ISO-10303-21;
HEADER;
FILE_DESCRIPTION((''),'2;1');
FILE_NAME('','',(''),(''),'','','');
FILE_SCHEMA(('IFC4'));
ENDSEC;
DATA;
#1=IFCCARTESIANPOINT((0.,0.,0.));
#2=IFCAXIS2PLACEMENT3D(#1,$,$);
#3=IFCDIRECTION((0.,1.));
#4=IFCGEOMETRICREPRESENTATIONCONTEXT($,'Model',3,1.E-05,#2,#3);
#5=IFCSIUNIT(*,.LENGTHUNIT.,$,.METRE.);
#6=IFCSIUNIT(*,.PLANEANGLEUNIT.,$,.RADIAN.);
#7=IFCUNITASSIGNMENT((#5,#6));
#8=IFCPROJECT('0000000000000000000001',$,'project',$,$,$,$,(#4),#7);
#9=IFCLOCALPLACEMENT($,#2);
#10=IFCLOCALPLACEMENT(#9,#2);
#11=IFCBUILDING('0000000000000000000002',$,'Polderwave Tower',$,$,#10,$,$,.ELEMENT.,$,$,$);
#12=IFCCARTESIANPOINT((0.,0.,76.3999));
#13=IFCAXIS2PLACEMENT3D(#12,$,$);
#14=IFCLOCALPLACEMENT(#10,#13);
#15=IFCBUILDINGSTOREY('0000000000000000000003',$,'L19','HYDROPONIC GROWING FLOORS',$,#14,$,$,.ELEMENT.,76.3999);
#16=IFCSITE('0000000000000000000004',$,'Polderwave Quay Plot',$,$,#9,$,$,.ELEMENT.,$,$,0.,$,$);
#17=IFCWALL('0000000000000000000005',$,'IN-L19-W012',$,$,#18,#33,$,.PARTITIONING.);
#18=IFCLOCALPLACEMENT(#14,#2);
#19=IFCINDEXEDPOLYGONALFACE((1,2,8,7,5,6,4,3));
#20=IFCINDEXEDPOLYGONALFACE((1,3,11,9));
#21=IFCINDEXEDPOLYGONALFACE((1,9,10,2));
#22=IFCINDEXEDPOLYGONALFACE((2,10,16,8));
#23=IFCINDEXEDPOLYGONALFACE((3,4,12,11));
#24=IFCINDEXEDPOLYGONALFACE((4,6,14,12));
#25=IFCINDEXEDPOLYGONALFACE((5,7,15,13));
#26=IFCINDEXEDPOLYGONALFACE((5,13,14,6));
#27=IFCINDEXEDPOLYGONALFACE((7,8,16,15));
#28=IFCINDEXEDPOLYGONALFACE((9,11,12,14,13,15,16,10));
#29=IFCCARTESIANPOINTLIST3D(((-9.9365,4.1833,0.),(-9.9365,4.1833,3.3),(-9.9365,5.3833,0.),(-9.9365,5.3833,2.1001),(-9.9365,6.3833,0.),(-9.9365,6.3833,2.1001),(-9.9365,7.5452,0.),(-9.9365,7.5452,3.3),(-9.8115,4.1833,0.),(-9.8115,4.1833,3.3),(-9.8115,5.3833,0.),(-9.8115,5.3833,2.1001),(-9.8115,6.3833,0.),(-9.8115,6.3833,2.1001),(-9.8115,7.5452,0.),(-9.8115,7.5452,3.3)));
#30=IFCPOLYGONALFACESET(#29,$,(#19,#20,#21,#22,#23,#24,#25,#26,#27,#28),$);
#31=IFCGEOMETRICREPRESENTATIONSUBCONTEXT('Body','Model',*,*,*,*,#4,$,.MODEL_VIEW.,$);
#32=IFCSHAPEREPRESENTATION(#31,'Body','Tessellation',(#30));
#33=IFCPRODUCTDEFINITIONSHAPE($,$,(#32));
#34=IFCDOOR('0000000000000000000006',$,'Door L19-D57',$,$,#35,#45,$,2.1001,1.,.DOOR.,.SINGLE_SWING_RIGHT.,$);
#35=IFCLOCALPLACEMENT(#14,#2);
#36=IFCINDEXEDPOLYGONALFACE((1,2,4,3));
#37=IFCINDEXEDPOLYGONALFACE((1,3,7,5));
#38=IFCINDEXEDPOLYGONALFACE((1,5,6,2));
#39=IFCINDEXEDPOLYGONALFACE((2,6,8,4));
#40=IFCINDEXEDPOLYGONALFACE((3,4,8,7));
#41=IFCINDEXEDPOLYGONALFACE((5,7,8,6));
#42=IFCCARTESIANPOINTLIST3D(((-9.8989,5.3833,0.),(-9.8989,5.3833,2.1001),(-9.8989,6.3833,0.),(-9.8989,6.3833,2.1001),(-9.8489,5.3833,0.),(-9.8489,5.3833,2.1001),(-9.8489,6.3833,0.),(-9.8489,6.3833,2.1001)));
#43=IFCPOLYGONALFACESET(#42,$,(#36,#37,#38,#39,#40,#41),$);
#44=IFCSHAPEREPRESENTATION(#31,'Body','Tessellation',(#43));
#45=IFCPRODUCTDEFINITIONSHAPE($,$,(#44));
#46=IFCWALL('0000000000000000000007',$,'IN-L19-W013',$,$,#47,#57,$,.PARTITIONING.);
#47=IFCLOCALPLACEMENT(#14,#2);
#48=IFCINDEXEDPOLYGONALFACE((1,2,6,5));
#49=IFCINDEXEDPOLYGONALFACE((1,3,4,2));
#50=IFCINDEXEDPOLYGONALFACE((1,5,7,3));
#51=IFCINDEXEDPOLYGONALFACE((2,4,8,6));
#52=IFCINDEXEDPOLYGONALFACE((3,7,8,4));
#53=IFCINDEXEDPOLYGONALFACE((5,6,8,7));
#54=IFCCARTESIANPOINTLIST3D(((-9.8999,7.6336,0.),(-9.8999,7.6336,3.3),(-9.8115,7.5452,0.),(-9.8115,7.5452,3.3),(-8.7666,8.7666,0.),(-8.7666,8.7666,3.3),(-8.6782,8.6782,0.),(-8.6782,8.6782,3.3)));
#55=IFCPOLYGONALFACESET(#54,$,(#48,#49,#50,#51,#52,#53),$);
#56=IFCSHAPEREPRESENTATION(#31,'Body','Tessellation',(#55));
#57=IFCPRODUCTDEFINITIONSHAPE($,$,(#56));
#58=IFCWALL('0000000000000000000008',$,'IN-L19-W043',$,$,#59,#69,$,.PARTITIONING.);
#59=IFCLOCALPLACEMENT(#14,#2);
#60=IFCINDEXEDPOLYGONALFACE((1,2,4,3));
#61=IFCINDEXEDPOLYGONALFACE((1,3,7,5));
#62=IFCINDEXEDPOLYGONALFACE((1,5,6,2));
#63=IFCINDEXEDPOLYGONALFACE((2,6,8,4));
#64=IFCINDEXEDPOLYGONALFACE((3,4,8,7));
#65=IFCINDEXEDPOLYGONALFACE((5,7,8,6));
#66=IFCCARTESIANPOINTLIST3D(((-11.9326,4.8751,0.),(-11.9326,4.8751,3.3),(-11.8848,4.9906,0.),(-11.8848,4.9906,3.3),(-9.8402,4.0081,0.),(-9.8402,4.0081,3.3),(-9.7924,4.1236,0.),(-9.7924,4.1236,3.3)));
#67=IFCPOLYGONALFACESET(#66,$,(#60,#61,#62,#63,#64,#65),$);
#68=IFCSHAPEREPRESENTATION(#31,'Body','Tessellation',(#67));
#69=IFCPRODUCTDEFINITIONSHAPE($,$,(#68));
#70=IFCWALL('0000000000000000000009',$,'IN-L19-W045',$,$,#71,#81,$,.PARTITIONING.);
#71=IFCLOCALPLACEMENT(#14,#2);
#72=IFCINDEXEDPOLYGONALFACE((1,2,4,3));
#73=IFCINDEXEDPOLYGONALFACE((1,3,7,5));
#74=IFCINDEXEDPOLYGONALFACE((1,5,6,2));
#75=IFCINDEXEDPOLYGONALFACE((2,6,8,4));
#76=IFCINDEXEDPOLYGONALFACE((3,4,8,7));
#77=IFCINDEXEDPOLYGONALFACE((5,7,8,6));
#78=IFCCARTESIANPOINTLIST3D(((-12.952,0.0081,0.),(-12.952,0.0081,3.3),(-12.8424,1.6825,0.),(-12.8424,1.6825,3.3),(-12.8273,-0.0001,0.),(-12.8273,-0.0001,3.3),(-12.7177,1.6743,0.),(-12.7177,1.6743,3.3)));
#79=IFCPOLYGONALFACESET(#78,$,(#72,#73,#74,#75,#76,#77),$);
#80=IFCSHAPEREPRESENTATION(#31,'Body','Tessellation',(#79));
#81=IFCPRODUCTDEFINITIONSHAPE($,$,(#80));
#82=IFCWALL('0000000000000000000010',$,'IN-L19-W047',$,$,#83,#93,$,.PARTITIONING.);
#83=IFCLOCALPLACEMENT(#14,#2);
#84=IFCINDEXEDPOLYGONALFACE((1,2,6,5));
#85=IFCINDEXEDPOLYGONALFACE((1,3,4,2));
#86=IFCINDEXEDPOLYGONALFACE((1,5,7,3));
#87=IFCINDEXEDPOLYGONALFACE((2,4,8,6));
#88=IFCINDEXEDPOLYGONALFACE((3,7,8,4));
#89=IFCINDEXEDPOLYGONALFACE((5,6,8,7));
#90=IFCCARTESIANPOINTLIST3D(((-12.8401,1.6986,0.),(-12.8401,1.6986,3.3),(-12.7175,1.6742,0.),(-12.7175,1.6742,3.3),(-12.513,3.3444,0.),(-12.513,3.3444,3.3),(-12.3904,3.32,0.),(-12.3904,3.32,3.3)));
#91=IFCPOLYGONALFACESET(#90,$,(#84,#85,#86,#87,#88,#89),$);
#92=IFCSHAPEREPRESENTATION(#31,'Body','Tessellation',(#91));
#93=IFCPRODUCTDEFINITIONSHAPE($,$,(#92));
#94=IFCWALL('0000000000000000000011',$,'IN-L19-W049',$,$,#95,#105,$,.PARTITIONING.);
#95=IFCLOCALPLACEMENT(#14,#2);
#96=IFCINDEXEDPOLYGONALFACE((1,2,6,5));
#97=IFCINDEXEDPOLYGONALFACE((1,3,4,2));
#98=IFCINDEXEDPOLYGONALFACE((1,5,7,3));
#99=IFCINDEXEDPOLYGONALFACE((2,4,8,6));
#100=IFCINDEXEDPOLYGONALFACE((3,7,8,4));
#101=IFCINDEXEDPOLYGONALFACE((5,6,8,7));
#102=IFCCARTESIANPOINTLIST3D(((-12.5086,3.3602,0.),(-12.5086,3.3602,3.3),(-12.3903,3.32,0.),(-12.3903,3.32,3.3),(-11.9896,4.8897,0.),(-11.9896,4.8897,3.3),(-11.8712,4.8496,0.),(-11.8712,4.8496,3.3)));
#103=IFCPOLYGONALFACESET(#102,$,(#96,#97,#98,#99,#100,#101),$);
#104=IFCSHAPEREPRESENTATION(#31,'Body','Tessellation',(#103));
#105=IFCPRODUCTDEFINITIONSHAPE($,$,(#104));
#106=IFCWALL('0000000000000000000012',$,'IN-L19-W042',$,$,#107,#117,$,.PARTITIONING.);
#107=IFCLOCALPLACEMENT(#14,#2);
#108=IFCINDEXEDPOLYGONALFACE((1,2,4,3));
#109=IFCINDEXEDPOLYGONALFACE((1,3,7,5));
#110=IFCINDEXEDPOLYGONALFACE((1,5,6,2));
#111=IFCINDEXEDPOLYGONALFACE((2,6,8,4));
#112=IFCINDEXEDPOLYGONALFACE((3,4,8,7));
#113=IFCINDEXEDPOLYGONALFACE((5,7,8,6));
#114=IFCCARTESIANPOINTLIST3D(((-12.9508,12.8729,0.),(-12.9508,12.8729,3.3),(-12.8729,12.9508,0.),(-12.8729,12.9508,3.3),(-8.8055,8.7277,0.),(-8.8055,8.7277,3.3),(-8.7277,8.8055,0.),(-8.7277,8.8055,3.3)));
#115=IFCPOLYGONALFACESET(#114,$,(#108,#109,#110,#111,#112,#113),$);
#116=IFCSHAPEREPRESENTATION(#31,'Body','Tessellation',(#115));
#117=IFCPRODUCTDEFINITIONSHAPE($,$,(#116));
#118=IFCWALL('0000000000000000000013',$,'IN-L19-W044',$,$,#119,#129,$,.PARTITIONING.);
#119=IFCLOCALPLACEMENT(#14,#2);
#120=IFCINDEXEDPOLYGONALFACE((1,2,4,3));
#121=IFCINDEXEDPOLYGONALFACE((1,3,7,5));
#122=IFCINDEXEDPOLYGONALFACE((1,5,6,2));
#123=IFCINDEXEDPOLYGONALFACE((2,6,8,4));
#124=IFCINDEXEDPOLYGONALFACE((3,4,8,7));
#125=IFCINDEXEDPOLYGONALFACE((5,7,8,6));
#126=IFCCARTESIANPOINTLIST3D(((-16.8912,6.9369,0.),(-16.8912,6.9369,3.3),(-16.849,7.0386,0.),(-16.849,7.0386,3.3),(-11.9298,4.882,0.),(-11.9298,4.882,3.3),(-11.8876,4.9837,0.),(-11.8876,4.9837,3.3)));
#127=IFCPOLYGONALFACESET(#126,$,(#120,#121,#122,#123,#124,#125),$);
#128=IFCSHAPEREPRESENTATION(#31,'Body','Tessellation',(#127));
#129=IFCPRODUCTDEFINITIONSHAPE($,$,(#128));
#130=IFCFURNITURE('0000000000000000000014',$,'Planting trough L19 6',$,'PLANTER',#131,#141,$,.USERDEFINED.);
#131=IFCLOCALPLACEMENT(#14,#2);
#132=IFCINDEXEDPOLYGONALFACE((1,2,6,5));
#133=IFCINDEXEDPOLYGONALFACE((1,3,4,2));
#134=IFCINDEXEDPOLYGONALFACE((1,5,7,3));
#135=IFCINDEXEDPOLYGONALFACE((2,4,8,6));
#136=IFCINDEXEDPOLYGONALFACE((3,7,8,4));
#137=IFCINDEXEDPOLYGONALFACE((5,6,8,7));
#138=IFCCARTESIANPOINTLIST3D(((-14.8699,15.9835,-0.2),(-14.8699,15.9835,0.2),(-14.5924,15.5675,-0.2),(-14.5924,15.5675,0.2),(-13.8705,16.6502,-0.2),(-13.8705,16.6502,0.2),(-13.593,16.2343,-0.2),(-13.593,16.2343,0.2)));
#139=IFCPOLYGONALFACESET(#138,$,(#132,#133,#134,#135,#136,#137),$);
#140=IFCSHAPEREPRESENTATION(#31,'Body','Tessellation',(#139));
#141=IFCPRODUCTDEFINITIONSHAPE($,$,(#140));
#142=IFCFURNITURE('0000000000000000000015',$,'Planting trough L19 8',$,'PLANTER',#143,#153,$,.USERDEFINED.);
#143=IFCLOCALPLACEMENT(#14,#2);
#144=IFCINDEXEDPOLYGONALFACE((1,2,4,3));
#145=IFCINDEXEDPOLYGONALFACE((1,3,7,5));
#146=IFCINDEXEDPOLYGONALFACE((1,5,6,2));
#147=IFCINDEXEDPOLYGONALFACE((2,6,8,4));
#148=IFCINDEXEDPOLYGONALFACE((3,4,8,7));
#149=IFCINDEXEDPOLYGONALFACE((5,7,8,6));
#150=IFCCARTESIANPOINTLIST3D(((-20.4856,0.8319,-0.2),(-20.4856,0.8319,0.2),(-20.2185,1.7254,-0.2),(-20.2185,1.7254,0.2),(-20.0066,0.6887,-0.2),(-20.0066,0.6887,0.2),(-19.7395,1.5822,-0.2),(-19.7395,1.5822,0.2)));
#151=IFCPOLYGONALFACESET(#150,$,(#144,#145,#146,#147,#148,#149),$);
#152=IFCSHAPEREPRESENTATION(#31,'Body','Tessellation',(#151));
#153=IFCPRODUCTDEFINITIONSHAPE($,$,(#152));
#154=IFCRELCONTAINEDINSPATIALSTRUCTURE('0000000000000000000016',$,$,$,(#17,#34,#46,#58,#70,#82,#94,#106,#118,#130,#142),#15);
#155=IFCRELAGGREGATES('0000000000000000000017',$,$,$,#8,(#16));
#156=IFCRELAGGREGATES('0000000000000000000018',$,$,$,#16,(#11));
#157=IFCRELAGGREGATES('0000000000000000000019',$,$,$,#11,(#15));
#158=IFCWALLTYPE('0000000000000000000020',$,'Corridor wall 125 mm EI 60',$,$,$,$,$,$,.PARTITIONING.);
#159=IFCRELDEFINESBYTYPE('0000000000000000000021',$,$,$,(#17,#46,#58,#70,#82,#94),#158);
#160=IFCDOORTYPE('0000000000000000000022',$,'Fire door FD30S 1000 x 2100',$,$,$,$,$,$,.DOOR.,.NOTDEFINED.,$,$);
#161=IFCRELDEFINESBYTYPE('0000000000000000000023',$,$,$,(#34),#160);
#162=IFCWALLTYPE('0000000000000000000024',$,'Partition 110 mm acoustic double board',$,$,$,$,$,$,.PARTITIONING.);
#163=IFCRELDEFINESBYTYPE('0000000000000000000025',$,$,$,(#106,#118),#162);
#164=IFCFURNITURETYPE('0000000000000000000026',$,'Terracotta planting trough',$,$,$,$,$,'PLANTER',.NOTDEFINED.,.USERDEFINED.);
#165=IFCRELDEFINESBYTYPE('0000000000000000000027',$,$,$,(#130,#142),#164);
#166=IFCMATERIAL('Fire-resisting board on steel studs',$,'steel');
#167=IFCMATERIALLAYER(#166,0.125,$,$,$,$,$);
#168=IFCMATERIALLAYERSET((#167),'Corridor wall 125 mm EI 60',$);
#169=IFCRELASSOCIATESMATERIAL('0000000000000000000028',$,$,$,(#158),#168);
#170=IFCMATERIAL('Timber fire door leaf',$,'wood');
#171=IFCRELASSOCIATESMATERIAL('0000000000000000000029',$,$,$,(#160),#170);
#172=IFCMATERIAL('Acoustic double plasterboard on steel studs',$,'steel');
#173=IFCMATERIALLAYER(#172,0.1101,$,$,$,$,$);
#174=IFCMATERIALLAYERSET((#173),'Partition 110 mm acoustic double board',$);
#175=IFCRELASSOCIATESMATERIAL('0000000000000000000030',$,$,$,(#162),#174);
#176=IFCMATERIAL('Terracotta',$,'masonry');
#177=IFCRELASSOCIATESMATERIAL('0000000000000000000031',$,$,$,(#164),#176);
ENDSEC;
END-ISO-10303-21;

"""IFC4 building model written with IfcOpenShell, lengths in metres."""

from ifc_helpers import new_model, si_unit, direction, frame, frame_2d, origin, origin_2d, place, context, subcontext, project, spatial, rectangle, extrude, material, layer, layer_set, type_object, element, fill, save


model = new_model("IFC4")

# Units and contexts
model_context = context("Model", 3, precision=1e-05, world=origin(), true_north=direction((0.0, 1.0)))
body_context = subcontext(model_context, "Body", "Model", "MODEL_VIEW")
ifc_project = project(units=[si_unit("LENGTHUNIT", "METRE"), si_unit("PLANEANGLEUNIT", "RADIAN")], contexts=[model_context])

# Site, building, storey
site_placement = place(None, origin())
site = spatial("IfcSite", under=ifc_project, at=site_placement, Name="Polderwave Quay Plot", CompositionType="ELEMENT", RefElevation=0.0)
building_placement = place(site_placement, origin())
building = spatial("IfcBuilding", under=site, at=building_placement, Name="Polderwave Tower", CompositionType="ELEMENT")
storey_placement = place(building_placement, frame((0.0, 0.0, 76.3999)))
storey = spatial("IfcBuildingStorey", under=building, at=storey_placement, Name="L19", Description="HYDROPONIC GROWING FLOORS", CompositionType="ELEMENT", Elevation=76.3999)

# Shared definitions
ifc_material_1 = material(Name="Fire-resisting board on steel studs", Category="steel")
ifc_layer_1 = layer(ifc_material_1, 0.125)
ifc_layer_set_1 = layer_set([ifc_layer_1], Name="Corridor wall 125 mm EI 60")
wall_type_1 = type_object("IfcWallType", Name="Corridor wall 125 mm EI 60", PredefinedType="PARTITIONING", material=ifc_layer_set_1)

# Wall, opening, door
wall_1_placement = place(storey_placement, frame((-9.874, 4.1833, 0.0), z_axis=(0.0, 0.0, 1.0), x_axis=(0.0, 1.0, 0.0)))
wall_1 = element("IfcWall", 1, at=wall_1_placement, inside=storey, type_object=wall_type_1, Name="IN-L19-W012", PredefinedType="PARTITIONING", context=body_context, shape_type="SweptSolid", body=[
    extrude(rectangle(XDim=3.3618, YDim=0.125, at=frame_2d((1.6809, 0.0))), origin(), (0.0, 0.0, 1.0), 3.3),
])
opening_placement = place(wall_1_placement, frame((1.2, 0.0, 0.0)))
opening = element("IfcOpeningElement", 2, at=opening_placement, cuts=wall_1, PredefinedType="OPENING", context=body_context, shape_type="SweptSolid", body=[
    extrude(rectangle(XDim=1.0, YDim=2.1001, at=frame_2d((0.5, 1.05))), frame((0.0, 0.0725, 0.0), z_axis=(0.0, -1.0, 0.0), x_axis=(1.0, 0.0, 0.0)), (0.0, 0.0, 1.0), 0.145),
])
ifc_material_2 = material(Name="Timber fire door leaf", Category="wood")
door_type = type_object("IfcDoorType", Name="Fire door FD30S 1000 x 2100", OperationType="NOTDEFINED", PredefinedType="DOOR", material=ifc_material_2)
door_placement = place(opening_placement, origin())
door = element("IfcDoor", 3, at=door_placement, inside=storey, type_object=door_type, Name="Door L19-D57", OperationType="SINGLE_SWING_RIGHT", OverallHeight=2.1001, OverallWidth=1.0, PredefinedType="DOOR", context=body_context, shape_type="SweptSolid", body=[
    extrude(rectangle(XDim=1.0, YDim=2.1001, at=frame_2d((0.5, 1.05))), frame((0.0, 0.0249, 0.0), z_axis=(0.0, -1.0, 0.0), x_axis=(1.0, 0.0, 0.0)), (0.0, 0.0, 1.0), 0.05),
])
fill(opening, door)

# Walls
wall_2_placement = place(storey_placement, frame((-9.8557, 7.5894, 0.0), z_axis=(0.0, 0.0, 1.0), x_axis=(0.707183, 0.707031, 0.0)))
element("IfcWall", 4, at=wall_2_placement, inside=storey, type_object=wall_type_1, Name="IN-L19-W013", PredefinedType="PARTITIONING", context=body_context, shape_type="SweptSolid", body=[
    extrude(rectangle(XDim=1.6025, YDim=0.125, at=frame_2d((0.8013, 0.0))), origin(), (0.0, 0.0, 1.0), 3.3),
])
wall_3_placement = place(storey_placement, frame((-9.8164, 4.0659, 0.0), z_axis=(0.0, 0.0, 1.0), x_axis=(-0.923834, 0.382793, 0.0)))
element("IfcWall", 5, at=wall_3_placement, inside=storey, type_object=wall_type_1, Name="IN-L19-W043", PredefinedType="PARTITIONING", context=body_context, shape_type="SweptSolid", body=[
    extrude(rectangle(XDim=2.2649, YDim=0.125, at=frame_2d((1.1323, 0.0))), origin(), (0.0, 0.0, 1.0), 3.3),
])
for number, where, z_axis, x_axis, name in (
    (6, (-12.8896, 0.0042, 0.0), (0.0, 0.0, 1.0), (0.065331, 0.997864, 0.0), "IN-L19-W045"),
    (7, (-12.7788, 1.6865, 0.0), (0.0, 0.0, 1.0), (0.194969, 0.980809, 0.0), "IN-L19-W047"),
):
    element("IfcWall", number, at=place(storey_placement, frame(where, z_axis=z_axis, x_axis=x_axis)), inside=storey, type_object=wall_type_1, Name=name, PredefinedType="PARTITIONING", context=body_context, shape_type="SweptSolid", body=[
        extrude(rectangle(XDim=1.678, YDim=0.125, at=frame_2d((0.8389, 0.0))), origin(), (0.0, 0.0, 1.0), 3.3),
    ])
wall_4_placement = place(storey_placement, frame((-12.4495, 3.3401, 0.0), z_axis=(0.0, 0.0, 1.0), x_axis=(0.321347, 0.946961, 0.0)))
element("IfcWall", 8, at=wall_4_placement, inside=storey, type_object=wall_type_1, Name="IN-L19-W049", PredefinedType="PARTITIONING", context=body_context, shape_type="SweptSolid", body=[
    extrude(rectangle(XDim=1.6152, YDim=0.125, at=frame_2d((0.8076, 0.0))), origin(), (0.0, 0.0, 1.0), 3.3),
])
ifc_material_3 = material(Name="Acoustic double plasterboard on steel studs", Category="steel")
ifc_layer_2 = layer(ifc_material_3, 0.1101)
ifc_layer_set_2 = layer_set([ifc_layer_2], Name="Partition 110 mm acoustic double board")
wall_type_2 = type_object("IfcWallType", Name="Partition 110 mm acoustic double board", PredefinedType="PARTITIONING", material=ifc_layer_set_2)
wall_5_placement = place(storey_placement, frame((-8.7666, 8.7666, 0.0), z_axis=(0.0, 0.0, 1.0), x_axis=(-0.707107, 0.707107, 0.0)))
element("IfcWall", 9, at=wall_5_placement, inside=storey, type_object=wall_type_2, Name="IN-L19-W042", PredefinedType="PARTITIONING", context=body_context, shape_type="SweptSolid", body=[
    extrude(rectangle(XDim=5.8623, YDim=0.1101, at=frame_2d((2.9312, 0.0))), origin(), (0.0, 0.0, 1.0), 3.3),
])
wall_6_placement = place(storey_placement, frame((-11.9087, 4.9329, 0.0), z_axis=(0.0, 0.0, 1.0), x_axis=(-0.92389, 0.382658, 0.0)))
element("IfcWall", 10, at=wall_6_placement, inside=storey, type_object=wall_type_2, Name="IN-L19-W044", PredefinedType="PARTITIONING", context=body_context, shape_type="SweptSolid", body=[
    extrude(rectangle(XDim=5.3701, YDim=0.1101, at=frame_2d((2.6851, 0.0))), origin(), (0.0, 0.0, 1.0), 3.3),
])

# Furniture
ifc_material_4 = material(Name="Terracotta", Category="masonry")
furniture_type = type_object("IfcFurnitureType", Name="Terracotta planting trough", ElementType="PLANTER", AssemblyPlace="NOTDEFINED", PredefinedType="USERDEFINED", material=ifc_material_4)
furniture_1_placement = place(storey_placement, frame((-14.2314, 16.1089, -0.2), z_axis=(0.0, 0.0, 1.0), x_axis=(-0.831863, -0.554981, 0.0)))
element("IfcFurniture", 11, at=furniture_1_placement, inside=storey, type_object=furniture_type, Name="Planting trough L19 6", ObjectType="PLANTER", PredefinedType="USERDEFINED", context=body_context, shape_type="SweptSolid", body=[
    extrude(rectangle(XDim=1.2014, YDim=0.5, at=origin_2d()), origin(), (0.0, 0.0, 1.0), 0.3999),
])
furniture_2_placement = place(storey_placement, frame((-20.1125, 1.207, -0.2), z_axis=(0.0, 0.0, 1.0), x_axis=(-0.286424, -0.958103, 0.0)))
element("IfcFurniture", 12, at=furniture_2_placement, inside=storey, type_object=furniture_type, Name="Planting trough L19 8", ObjectType="PLANTER", PredefinedType="USERDEFINED", context=body_context, shape_type="SweptSolid", body=[
    extrude(rectangle(XDim=0.9326, YDim=0.5, at=origin_2d()), origin(), (0.0, 0.0, 1.0), 0.3999),
])

save(model, "model.ifc")
